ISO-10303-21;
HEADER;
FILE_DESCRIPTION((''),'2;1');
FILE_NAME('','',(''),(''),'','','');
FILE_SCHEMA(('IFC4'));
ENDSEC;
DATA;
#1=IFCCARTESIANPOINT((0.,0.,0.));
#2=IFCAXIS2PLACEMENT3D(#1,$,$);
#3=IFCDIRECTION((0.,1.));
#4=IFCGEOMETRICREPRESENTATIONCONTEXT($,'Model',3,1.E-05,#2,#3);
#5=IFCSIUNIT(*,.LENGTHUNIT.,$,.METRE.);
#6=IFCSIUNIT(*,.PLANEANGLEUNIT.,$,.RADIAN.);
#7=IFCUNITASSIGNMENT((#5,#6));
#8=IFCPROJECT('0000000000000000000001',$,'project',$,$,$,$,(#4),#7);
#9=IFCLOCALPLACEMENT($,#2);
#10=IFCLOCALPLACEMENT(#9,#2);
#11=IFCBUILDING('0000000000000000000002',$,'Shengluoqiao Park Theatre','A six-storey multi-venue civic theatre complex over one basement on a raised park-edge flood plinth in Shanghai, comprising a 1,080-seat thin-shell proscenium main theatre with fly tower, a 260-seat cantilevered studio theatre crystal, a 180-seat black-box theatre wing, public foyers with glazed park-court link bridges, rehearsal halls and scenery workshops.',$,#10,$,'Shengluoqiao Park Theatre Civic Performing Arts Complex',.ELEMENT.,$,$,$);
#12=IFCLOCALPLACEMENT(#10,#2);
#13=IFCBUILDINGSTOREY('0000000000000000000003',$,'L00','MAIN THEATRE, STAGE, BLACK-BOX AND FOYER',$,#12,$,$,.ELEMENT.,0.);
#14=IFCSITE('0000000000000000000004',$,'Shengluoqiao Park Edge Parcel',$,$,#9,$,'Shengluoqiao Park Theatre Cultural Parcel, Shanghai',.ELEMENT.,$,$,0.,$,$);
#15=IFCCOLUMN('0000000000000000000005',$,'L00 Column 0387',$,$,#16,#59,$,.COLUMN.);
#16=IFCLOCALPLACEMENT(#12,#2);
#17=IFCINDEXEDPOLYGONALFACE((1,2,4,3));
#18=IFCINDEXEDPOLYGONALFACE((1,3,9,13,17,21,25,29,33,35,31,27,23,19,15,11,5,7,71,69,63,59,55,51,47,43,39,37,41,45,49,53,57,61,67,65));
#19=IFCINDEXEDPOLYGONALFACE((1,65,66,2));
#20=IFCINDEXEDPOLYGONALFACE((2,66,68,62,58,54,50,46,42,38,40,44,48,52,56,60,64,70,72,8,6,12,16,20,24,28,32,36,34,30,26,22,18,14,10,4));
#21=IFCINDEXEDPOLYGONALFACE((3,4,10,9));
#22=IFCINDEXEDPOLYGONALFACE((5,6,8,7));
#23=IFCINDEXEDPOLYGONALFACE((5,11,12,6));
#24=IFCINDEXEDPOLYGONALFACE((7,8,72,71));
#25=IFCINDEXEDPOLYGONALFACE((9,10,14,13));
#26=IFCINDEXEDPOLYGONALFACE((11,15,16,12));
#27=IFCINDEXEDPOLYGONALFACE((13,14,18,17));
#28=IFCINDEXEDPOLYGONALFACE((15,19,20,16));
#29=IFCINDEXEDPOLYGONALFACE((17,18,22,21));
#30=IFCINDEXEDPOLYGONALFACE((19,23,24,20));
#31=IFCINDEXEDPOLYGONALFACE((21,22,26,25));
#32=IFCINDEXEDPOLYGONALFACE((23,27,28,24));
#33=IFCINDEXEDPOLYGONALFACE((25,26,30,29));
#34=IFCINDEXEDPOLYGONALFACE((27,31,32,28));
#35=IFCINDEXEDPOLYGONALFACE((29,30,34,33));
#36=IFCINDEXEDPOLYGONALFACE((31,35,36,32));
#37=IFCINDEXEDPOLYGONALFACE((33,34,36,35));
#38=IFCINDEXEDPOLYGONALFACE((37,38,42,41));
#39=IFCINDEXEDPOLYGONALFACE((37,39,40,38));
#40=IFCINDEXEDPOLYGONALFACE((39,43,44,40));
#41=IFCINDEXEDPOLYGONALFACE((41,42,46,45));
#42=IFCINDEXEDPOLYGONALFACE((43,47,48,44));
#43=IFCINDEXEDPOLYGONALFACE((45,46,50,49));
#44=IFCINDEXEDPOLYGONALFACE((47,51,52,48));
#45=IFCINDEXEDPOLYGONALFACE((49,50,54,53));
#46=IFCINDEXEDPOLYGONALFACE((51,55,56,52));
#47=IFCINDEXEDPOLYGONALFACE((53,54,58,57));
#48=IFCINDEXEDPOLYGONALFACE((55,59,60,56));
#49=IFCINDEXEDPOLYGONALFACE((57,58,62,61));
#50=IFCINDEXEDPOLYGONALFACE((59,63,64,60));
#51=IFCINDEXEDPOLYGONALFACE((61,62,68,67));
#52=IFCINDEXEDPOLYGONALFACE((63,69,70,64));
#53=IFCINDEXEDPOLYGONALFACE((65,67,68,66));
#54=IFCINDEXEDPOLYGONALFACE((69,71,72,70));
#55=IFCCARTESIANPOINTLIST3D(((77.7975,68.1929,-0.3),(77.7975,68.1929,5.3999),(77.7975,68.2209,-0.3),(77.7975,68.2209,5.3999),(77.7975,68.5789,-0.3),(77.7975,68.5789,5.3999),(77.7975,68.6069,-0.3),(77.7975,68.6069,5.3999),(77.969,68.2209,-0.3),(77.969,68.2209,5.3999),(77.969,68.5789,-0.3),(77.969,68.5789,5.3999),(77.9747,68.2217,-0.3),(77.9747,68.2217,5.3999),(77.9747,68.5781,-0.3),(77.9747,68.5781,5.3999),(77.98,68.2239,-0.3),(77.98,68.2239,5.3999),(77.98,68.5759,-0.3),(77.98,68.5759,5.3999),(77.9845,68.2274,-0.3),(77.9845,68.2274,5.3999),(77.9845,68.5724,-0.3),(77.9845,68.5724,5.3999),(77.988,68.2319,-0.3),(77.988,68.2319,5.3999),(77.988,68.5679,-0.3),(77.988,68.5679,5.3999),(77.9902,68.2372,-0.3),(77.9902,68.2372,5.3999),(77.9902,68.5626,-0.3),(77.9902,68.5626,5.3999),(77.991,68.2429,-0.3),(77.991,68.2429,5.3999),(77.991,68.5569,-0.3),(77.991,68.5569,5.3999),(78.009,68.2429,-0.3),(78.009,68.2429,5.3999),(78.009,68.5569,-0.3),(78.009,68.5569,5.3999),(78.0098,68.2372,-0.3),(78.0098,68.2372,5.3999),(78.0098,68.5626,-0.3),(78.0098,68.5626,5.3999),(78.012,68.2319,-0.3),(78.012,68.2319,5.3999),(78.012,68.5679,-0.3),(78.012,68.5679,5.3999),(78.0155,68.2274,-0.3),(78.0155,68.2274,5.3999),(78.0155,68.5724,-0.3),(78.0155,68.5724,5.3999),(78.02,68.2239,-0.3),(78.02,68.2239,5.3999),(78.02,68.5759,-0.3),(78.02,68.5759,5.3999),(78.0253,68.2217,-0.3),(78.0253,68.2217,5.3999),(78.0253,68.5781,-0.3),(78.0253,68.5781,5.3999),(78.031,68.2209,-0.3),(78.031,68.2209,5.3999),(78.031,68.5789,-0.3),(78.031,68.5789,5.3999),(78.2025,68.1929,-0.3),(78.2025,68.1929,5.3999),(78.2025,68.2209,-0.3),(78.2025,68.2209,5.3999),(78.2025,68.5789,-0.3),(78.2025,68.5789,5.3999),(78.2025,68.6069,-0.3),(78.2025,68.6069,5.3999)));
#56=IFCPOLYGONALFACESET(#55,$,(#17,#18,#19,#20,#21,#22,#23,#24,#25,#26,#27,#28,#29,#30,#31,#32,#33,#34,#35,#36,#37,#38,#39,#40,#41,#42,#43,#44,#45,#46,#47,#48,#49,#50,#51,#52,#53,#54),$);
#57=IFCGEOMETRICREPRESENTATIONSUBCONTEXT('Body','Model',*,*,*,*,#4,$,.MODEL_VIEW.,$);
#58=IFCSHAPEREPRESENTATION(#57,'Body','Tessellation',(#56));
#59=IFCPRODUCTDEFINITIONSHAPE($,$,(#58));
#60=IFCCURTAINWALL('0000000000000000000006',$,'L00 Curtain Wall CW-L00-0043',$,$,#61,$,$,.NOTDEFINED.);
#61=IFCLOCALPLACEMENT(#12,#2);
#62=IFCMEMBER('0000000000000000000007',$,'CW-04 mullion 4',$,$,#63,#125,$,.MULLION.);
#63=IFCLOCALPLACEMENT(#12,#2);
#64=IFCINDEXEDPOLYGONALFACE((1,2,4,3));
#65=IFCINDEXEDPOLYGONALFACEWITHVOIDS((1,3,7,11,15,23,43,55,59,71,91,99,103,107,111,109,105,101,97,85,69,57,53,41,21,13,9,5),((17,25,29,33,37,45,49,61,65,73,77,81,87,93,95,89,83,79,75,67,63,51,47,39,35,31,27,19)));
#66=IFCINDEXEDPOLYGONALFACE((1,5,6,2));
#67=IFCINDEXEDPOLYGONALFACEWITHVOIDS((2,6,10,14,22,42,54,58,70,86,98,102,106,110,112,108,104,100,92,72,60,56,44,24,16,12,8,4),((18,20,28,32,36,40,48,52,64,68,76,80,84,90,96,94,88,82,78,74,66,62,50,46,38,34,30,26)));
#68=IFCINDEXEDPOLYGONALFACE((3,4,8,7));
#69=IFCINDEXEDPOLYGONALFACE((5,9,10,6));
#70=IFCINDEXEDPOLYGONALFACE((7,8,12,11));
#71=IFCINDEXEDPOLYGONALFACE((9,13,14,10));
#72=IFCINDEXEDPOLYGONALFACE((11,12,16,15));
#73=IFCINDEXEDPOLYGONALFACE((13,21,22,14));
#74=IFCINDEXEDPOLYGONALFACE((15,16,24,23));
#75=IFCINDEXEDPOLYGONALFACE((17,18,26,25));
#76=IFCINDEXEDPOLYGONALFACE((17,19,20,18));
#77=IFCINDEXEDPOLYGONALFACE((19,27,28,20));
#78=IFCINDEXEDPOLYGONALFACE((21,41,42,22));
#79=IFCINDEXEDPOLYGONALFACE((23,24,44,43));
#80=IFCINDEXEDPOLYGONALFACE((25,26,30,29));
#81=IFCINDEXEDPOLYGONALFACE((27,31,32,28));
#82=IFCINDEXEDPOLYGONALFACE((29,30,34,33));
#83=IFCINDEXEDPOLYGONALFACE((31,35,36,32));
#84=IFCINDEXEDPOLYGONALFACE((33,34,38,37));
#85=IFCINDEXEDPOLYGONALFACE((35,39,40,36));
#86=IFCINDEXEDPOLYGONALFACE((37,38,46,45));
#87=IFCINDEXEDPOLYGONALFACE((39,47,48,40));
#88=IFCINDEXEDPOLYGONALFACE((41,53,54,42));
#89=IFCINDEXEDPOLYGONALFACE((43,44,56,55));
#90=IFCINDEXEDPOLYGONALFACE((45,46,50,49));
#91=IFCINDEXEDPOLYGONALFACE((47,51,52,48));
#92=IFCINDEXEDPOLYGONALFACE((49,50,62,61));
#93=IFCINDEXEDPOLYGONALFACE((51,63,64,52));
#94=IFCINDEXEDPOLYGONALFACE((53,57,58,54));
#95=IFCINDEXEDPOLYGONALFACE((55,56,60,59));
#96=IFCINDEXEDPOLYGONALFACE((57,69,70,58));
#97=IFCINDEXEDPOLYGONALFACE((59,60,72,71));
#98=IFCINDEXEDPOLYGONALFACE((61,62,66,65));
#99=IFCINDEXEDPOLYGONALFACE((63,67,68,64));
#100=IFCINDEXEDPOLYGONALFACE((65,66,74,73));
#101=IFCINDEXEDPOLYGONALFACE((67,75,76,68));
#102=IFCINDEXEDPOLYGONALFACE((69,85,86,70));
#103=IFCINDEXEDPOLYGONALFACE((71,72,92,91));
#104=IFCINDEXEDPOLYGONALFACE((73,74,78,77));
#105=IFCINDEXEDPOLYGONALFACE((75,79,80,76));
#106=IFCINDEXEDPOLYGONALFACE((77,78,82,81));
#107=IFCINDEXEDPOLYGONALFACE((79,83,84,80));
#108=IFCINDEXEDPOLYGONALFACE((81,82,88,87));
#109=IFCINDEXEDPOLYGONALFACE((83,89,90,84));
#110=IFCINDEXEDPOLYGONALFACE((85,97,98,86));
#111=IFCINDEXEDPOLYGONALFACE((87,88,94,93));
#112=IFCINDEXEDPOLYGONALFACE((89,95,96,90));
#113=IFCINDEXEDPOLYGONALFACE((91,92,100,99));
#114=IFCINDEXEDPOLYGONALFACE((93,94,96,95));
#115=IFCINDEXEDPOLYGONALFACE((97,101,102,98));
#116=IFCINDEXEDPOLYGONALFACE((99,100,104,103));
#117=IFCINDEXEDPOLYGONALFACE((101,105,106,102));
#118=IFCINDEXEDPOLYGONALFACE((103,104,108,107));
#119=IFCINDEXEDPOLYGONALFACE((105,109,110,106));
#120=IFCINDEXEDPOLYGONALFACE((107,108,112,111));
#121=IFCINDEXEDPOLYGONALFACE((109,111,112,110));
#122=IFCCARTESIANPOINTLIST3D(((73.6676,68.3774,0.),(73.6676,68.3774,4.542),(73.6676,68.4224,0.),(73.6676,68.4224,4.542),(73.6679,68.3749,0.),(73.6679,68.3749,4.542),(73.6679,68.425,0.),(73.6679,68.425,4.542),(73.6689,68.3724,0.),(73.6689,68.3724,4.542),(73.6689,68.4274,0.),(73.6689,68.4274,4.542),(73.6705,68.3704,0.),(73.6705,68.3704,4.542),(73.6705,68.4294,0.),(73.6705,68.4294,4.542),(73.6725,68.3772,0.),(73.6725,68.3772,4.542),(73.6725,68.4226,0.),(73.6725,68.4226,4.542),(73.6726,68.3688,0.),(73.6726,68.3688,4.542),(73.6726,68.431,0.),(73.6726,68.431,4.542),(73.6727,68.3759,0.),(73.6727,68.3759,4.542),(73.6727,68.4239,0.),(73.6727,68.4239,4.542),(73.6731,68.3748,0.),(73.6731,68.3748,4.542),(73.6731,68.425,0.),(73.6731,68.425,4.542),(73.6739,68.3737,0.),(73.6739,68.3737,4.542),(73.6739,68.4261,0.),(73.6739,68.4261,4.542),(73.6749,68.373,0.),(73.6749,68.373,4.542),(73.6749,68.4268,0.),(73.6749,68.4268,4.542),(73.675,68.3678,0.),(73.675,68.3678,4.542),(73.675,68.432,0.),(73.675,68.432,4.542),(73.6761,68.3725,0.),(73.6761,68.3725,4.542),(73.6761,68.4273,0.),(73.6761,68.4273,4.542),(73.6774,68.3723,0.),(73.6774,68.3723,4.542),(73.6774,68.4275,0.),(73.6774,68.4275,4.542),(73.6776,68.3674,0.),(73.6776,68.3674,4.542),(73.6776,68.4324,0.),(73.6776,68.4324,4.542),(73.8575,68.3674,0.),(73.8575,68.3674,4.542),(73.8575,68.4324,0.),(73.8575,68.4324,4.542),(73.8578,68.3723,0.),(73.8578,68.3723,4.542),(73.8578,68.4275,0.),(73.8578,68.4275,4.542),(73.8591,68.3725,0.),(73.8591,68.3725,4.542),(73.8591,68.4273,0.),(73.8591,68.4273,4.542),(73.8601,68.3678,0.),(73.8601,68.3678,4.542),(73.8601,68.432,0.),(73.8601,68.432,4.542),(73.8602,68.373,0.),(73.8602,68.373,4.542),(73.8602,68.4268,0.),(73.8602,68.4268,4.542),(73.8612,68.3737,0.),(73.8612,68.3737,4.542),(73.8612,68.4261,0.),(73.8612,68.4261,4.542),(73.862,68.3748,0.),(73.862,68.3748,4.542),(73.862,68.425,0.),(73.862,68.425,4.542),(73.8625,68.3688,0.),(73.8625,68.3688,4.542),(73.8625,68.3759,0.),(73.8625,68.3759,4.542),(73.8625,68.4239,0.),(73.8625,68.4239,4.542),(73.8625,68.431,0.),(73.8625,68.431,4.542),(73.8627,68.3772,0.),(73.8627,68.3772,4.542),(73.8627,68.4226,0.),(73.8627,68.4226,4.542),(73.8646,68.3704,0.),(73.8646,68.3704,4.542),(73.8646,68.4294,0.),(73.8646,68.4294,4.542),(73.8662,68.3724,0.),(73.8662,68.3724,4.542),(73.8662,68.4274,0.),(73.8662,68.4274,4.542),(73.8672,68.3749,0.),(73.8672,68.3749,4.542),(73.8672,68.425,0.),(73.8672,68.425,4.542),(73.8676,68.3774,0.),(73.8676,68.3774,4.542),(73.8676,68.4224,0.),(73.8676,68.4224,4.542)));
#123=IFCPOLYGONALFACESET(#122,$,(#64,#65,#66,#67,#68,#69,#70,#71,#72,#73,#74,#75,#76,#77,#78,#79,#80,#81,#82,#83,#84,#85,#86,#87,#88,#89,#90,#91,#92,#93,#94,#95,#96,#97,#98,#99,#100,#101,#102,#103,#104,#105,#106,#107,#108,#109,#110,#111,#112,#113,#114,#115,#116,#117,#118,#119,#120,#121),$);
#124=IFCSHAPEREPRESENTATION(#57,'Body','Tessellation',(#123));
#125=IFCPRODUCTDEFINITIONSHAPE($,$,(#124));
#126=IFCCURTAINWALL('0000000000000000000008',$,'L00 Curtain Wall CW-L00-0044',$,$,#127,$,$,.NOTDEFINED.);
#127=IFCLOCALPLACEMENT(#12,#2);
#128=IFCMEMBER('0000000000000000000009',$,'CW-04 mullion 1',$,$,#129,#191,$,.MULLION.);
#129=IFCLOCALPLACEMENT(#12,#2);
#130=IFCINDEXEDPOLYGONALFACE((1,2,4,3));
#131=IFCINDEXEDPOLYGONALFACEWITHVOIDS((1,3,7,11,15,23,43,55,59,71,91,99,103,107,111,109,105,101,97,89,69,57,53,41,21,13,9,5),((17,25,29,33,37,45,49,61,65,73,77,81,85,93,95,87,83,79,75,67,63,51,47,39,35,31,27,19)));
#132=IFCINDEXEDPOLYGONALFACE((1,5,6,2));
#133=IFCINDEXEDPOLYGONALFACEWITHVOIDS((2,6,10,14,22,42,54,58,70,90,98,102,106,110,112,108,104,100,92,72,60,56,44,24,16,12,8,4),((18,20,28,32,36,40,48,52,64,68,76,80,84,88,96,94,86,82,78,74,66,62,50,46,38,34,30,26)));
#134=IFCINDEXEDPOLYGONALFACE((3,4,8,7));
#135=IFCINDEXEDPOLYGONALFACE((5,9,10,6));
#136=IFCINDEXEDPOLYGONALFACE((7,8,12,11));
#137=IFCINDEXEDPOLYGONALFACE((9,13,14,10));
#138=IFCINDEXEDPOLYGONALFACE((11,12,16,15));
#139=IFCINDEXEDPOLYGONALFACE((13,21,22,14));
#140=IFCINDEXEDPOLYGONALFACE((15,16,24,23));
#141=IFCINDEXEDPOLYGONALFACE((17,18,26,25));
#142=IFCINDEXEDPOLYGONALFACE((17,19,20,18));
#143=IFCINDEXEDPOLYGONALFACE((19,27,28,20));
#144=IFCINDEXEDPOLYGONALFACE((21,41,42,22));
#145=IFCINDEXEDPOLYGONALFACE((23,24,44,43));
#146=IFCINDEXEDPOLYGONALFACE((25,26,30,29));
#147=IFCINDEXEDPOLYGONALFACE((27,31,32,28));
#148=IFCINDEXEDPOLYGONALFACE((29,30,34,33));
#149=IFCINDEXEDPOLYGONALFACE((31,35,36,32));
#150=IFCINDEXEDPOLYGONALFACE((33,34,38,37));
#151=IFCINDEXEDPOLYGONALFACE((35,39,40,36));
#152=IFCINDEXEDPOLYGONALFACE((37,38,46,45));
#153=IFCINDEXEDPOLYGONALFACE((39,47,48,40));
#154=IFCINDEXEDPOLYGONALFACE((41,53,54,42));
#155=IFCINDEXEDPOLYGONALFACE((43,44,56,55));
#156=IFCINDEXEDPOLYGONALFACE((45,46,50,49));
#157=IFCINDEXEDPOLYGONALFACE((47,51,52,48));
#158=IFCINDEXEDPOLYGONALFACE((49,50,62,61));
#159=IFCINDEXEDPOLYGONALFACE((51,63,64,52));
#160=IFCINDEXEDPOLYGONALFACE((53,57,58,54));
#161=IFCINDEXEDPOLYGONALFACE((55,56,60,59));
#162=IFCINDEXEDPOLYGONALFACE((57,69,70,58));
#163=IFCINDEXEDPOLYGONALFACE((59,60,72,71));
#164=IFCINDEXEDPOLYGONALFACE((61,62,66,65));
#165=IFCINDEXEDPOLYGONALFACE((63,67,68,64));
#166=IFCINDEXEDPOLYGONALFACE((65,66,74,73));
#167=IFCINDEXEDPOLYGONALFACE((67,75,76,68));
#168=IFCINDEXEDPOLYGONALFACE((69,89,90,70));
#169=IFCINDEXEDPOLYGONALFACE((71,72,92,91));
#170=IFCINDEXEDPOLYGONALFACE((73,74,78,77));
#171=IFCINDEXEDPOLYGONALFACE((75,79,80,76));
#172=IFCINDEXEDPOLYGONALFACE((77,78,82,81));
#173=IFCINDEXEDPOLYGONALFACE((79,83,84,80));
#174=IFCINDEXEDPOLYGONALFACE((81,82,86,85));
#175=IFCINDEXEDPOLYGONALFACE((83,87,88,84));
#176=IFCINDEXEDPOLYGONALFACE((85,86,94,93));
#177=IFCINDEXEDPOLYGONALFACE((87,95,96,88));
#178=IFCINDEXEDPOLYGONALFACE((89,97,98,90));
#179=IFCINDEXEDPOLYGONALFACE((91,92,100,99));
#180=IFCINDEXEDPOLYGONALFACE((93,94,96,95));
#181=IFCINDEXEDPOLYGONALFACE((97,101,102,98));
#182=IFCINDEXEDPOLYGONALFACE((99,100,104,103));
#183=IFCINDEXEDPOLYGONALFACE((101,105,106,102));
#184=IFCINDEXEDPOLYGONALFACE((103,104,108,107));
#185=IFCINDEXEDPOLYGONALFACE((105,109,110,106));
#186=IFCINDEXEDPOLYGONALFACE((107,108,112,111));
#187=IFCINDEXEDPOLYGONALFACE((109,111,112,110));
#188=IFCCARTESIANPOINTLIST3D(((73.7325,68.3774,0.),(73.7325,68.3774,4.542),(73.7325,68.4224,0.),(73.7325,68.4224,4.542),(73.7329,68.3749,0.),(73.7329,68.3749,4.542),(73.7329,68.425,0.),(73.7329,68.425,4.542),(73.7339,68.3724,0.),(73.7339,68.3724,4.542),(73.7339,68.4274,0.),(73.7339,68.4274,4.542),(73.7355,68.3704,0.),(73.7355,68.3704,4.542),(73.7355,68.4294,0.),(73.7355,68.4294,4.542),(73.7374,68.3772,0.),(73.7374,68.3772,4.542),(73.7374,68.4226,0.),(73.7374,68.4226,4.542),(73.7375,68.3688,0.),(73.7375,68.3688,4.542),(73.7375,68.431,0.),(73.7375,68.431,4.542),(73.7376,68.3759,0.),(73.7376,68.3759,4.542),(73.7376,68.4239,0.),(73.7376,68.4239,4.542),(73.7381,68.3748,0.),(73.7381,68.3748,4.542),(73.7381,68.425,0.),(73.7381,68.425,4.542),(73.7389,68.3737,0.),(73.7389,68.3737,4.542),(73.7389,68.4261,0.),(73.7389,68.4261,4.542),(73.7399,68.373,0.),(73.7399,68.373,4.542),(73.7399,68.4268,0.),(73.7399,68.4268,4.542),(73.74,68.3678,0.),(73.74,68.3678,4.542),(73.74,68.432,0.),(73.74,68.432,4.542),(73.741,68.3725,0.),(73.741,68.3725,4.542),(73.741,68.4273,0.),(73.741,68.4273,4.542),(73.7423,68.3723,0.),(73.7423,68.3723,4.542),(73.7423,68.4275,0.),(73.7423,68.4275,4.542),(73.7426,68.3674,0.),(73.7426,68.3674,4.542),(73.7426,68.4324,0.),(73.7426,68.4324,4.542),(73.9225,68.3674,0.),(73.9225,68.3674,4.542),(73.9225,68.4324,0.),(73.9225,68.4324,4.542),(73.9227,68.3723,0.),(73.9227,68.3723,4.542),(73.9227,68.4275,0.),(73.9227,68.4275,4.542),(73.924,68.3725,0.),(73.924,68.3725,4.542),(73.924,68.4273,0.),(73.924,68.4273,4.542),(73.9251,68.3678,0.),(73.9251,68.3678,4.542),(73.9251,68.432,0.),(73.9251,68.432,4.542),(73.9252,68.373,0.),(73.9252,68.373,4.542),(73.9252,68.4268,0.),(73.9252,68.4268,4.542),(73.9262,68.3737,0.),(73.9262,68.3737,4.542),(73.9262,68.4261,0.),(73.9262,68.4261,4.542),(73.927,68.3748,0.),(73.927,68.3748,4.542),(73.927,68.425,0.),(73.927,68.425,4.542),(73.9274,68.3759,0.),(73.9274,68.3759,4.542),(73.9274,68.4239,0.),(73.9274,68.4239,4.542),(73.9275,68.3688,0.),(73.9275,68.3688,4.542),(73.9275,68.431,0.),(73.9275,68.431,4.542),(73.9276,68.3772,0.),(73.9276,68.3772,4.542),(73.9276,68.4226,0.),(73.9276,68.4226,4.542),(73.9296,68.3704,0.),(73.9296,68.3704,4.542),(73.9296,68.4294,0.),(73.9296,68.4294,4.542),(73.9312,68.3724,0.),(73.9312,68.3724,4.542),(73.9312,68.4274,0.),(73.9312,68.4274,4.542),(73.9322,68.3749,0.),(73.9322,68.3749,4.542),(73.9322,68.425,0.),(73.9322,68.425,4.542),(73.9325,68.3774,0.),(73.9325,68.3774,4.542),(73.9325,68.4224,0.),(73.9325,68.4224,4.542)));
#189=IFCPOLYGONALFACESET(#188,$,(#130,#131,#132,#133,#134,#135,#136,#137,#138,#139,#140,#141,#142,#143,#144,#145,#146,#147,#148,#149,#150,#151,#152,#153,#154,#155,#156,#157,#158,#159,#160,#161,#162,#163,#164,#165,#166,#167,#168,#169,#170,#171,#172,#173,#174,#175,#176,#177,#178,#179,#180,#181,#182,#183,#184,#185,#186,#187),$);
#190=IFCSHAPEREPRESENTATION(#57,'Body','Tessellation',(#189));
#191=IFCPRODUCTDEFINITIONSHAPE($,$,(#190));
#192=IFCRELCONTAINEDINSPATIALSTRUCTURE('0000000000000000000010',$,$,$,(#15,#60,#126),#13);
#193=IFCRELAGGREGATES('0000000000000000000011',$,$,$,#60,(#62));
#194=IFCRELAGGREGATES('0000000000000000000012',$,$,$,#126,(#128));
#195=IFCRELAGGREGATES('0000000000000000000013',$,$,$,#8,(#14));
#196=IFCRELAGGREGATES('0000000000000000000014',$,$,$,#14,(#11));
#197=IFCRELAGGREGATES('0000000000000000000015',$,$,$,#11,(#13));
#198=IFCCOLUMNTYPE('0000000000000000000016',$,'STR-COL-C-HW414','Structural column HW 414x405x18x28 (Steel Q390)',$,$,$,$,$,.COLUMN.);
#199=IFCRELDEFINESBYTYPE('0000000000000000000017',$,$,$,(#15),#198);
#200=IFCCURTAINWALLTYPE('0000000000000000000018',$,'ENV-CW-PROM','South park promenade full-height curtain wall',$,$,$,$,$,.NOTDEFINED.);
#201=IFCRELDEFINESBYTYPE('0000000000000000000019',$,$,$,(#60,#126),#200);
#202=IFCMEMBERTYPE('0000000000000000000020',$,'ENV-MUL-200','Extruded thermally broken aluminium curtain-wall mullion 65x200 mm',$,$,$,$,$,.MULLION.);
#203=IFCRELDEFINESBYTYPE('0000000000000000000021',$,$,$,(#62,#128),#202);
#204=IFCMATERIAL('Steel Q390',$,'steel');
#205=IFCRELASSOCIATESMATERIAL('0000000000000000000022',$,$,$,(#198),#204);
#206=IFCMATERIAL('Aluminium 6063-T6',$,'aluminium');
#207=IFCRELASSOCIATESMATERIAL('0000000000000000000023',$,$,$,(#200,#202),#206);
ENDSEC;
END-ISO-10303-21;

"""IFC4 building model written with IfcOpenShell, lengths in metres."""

from ifc_helpers import new_model, si_unit, direction, frame, origin, origin_2d, place, context, subcontext, project, spatial, hollow_rectangle, i_section, extrude, material, material_profile, profile_set, type_object, element, aggregate, save


model = new_model("IFC4")

# Units and contexts
model_context = context("Model", 3, precision=1e-05, world=origin(), true_north=direction((0.0, 1.0)))
body_context = subcontext(model_context, "Body", "Model", "MODEL_VIEW")
ifc_project = project(units=[si_unit("LENGTHUNIT", "METRE"), si_unit("PLANEANGLEUNIT", "RADIAN")], contexts=[model_context])

# Site, building, storey
site_placement = place(None, origin())
site = spatial("IfcSite", under=ifc_project, at=site_placement, Name="Shengluoqiao Park Edge Parcel", LongName="Shengluoqiao Park Theatre Cultural Parcel, Shanghai", CompositionType="ELEMENT", RefElevation=0.0)
building_placement = place(site_placement, origin())
building = spatial("IfcBuilding", under=site, at=building_placement, Name="Shengluoqiao Park Theatre", Description="A six-storey multi-venue civic theatre complex over one basement on a raised park-edge flood plinth in Shanghai, comprising a 1,080-seat thin-shell proscenium main theatre with fly tower, a 260-seat cantilevered studio theatre crystal, a 180-seat black-box theatre wing, public foyers with glazed park-court link bridges, rehearsal halls and scenery workshops.", LongName="Shengluoqiao Park Theatre Civic Performing Arts Complex", CompositionType="ELEMENT")
storey_placement = place(building_placement, origin())
storey = spatial("IfcBuildingStorey", under=building, at=storey_placement, Name="L00", Description="MAIN THEATRE, STAGE, BLACK-BOX AND FOYER", CompositionType="ELEMENT", Elevation=0.0)

# Column
ifc_material_1 = material(Name="Steel Q390", Category="steel")
ifc_material_profile_1 = material_profile(ifc_material_1, i_section(OverallWidth=0.405, OverallDepth=0.4141, WebThickness=0.0181, FlangeThickness=0.0281, FilletRadius=0.022, at=origin_2d()), Name="HW 414x405x18x28")
ifc_profile_set_1 = profile_set([ifc_material_profile_1], Name="Steel Q390")
column_type = type_object("IfcColumnType", Name="STR-COL-C-HW414", Description="Structural column HW 414x405x18x28 (Steel Q390)", PredefinedType="COLUMN", material=ifc_profile_set_1)
column_placement = place(storey_placement, frame((78.0, 68.3999, -0.3), z_axis=(0.0, 0.0, 1.0), x_axis=(1.0, 0.0, 0.0)))
element("IfcColumn", 1, at=column_placement, inside=storey, type_object=column_type, Name="L00 Column 0387", PredefinedType="COLUMN", context=body_context, shape_type="SweptSolid", body=[
    extrude(i_section(OverallWidth=0.405, OverallDepth=0.4141, WebThickness=0.0181, FlangeThickness=0.0281, FilletRadius=0.022, at=origin_2d()), origin(), (0.0, 0.0, 1.0), 5.7),
])

# Curtain wall, member
ifc_material_2 = material(Name="Aluminium 6063-T6", Category="aluminium")
curtain_wall_type = type_object("IfcCurtainWallType", Name="ENV-CW-PROM", Description="South park promenade full-height curtain wall", PredefinedType="NOTDEFINED", material=ifc_material_2)
curtain_wall_1_placement = place(storey_placement, origin())
curtain_wall_1 = element("IfcCurtainWall", 2, at=curtain_wall_1_placement, inside=storey, type_object=curtain_wall_type, Name="L00 Curtain Wall CW-L00-0043", PredefinedType="NOTDEFINED")
ifc_material_profile_2 = material_profile(ifc_material_2, hollow_rectangle(XDim=0.0649, YDim=0.2, WallThickness=0.0049, InnerFilletRadius=0.0049, OuterFilletRadius=0.01, at=origin_2d()), Name="ALU MULLION 200x65x5")
ifc_profile_set_2 = profile_set([ifc_material_profile_2], Name="Aluminium 6063-T6")
member_type_1 = type_object("IfcMemberType", Name="ENV-MUL-200", Description="Extruded thermally broken aluminium curtain-wall mullion 65x200 mm", PredefinedType="MULLION", material=ifc_profile_set_2)
member_1_placement = place(storey_placement, frame((73.7676, 68.3999, 0.0), z_axis=(0.0, 0.0, 1.0), x_axis=(0.0, 1.0, 0.0)))
member_1 = element("IfcMember", 3, at=member_1_placement, type_object=member_type_1, Name="CW-04 mullion 4", PredefinedType="MULLION", context=body_context, shape_type="SweptSolid", body=[
    extrude(hollow_rectangle(XDim=0.0649, YDim=0.2, WallThickness=0.0049, InnerFilletRadius=0.0049, OuterFilletRadius=0.01, at=origin_2d()), origin(), (0.0, 0.0, 1.0), 4.542),
])

# Curtain wall, member
curtain_wall_2_placement = place(storey_placement, origin())
curtain_wall_2 = element("IfcCurtainWall", 4, at=curtain_wall_2_placement, inside=storey, type_object=curtain_wall_type, Name="L00 Curtain Wall CW-L00-0044", PredefinedType="NOTDEFINED")
member_2_placement = place(storey_placement, frame((73.8325, 68.3999, 0.0), z_axis=(0.0, 0.0, 1.0), x_axis=(0.0, 1.0, 0.0)))
member_2 = element("IfcMember", 5, at=member_2_placement, type_object=member_type_1, Name="CW-04 mullion 1", PredefinedType="MULLION", context=body_context, shape_type="SweptSolid", body=[
    extrude(hollow_rectangle(XDim=0.0649, YDim=0.2, WallThickness=0.0049, InnerFilletRadius=0.0049, OuterFilletRadius=0.01, at=origin_2d()), origin(), (0.0, 0.0, 1.0), 4.542),
])

aggregate(curtain_wall_1, [member_1])
aggregate(curtain_wall_2, [member_2])

save(model, "model.ifc")
